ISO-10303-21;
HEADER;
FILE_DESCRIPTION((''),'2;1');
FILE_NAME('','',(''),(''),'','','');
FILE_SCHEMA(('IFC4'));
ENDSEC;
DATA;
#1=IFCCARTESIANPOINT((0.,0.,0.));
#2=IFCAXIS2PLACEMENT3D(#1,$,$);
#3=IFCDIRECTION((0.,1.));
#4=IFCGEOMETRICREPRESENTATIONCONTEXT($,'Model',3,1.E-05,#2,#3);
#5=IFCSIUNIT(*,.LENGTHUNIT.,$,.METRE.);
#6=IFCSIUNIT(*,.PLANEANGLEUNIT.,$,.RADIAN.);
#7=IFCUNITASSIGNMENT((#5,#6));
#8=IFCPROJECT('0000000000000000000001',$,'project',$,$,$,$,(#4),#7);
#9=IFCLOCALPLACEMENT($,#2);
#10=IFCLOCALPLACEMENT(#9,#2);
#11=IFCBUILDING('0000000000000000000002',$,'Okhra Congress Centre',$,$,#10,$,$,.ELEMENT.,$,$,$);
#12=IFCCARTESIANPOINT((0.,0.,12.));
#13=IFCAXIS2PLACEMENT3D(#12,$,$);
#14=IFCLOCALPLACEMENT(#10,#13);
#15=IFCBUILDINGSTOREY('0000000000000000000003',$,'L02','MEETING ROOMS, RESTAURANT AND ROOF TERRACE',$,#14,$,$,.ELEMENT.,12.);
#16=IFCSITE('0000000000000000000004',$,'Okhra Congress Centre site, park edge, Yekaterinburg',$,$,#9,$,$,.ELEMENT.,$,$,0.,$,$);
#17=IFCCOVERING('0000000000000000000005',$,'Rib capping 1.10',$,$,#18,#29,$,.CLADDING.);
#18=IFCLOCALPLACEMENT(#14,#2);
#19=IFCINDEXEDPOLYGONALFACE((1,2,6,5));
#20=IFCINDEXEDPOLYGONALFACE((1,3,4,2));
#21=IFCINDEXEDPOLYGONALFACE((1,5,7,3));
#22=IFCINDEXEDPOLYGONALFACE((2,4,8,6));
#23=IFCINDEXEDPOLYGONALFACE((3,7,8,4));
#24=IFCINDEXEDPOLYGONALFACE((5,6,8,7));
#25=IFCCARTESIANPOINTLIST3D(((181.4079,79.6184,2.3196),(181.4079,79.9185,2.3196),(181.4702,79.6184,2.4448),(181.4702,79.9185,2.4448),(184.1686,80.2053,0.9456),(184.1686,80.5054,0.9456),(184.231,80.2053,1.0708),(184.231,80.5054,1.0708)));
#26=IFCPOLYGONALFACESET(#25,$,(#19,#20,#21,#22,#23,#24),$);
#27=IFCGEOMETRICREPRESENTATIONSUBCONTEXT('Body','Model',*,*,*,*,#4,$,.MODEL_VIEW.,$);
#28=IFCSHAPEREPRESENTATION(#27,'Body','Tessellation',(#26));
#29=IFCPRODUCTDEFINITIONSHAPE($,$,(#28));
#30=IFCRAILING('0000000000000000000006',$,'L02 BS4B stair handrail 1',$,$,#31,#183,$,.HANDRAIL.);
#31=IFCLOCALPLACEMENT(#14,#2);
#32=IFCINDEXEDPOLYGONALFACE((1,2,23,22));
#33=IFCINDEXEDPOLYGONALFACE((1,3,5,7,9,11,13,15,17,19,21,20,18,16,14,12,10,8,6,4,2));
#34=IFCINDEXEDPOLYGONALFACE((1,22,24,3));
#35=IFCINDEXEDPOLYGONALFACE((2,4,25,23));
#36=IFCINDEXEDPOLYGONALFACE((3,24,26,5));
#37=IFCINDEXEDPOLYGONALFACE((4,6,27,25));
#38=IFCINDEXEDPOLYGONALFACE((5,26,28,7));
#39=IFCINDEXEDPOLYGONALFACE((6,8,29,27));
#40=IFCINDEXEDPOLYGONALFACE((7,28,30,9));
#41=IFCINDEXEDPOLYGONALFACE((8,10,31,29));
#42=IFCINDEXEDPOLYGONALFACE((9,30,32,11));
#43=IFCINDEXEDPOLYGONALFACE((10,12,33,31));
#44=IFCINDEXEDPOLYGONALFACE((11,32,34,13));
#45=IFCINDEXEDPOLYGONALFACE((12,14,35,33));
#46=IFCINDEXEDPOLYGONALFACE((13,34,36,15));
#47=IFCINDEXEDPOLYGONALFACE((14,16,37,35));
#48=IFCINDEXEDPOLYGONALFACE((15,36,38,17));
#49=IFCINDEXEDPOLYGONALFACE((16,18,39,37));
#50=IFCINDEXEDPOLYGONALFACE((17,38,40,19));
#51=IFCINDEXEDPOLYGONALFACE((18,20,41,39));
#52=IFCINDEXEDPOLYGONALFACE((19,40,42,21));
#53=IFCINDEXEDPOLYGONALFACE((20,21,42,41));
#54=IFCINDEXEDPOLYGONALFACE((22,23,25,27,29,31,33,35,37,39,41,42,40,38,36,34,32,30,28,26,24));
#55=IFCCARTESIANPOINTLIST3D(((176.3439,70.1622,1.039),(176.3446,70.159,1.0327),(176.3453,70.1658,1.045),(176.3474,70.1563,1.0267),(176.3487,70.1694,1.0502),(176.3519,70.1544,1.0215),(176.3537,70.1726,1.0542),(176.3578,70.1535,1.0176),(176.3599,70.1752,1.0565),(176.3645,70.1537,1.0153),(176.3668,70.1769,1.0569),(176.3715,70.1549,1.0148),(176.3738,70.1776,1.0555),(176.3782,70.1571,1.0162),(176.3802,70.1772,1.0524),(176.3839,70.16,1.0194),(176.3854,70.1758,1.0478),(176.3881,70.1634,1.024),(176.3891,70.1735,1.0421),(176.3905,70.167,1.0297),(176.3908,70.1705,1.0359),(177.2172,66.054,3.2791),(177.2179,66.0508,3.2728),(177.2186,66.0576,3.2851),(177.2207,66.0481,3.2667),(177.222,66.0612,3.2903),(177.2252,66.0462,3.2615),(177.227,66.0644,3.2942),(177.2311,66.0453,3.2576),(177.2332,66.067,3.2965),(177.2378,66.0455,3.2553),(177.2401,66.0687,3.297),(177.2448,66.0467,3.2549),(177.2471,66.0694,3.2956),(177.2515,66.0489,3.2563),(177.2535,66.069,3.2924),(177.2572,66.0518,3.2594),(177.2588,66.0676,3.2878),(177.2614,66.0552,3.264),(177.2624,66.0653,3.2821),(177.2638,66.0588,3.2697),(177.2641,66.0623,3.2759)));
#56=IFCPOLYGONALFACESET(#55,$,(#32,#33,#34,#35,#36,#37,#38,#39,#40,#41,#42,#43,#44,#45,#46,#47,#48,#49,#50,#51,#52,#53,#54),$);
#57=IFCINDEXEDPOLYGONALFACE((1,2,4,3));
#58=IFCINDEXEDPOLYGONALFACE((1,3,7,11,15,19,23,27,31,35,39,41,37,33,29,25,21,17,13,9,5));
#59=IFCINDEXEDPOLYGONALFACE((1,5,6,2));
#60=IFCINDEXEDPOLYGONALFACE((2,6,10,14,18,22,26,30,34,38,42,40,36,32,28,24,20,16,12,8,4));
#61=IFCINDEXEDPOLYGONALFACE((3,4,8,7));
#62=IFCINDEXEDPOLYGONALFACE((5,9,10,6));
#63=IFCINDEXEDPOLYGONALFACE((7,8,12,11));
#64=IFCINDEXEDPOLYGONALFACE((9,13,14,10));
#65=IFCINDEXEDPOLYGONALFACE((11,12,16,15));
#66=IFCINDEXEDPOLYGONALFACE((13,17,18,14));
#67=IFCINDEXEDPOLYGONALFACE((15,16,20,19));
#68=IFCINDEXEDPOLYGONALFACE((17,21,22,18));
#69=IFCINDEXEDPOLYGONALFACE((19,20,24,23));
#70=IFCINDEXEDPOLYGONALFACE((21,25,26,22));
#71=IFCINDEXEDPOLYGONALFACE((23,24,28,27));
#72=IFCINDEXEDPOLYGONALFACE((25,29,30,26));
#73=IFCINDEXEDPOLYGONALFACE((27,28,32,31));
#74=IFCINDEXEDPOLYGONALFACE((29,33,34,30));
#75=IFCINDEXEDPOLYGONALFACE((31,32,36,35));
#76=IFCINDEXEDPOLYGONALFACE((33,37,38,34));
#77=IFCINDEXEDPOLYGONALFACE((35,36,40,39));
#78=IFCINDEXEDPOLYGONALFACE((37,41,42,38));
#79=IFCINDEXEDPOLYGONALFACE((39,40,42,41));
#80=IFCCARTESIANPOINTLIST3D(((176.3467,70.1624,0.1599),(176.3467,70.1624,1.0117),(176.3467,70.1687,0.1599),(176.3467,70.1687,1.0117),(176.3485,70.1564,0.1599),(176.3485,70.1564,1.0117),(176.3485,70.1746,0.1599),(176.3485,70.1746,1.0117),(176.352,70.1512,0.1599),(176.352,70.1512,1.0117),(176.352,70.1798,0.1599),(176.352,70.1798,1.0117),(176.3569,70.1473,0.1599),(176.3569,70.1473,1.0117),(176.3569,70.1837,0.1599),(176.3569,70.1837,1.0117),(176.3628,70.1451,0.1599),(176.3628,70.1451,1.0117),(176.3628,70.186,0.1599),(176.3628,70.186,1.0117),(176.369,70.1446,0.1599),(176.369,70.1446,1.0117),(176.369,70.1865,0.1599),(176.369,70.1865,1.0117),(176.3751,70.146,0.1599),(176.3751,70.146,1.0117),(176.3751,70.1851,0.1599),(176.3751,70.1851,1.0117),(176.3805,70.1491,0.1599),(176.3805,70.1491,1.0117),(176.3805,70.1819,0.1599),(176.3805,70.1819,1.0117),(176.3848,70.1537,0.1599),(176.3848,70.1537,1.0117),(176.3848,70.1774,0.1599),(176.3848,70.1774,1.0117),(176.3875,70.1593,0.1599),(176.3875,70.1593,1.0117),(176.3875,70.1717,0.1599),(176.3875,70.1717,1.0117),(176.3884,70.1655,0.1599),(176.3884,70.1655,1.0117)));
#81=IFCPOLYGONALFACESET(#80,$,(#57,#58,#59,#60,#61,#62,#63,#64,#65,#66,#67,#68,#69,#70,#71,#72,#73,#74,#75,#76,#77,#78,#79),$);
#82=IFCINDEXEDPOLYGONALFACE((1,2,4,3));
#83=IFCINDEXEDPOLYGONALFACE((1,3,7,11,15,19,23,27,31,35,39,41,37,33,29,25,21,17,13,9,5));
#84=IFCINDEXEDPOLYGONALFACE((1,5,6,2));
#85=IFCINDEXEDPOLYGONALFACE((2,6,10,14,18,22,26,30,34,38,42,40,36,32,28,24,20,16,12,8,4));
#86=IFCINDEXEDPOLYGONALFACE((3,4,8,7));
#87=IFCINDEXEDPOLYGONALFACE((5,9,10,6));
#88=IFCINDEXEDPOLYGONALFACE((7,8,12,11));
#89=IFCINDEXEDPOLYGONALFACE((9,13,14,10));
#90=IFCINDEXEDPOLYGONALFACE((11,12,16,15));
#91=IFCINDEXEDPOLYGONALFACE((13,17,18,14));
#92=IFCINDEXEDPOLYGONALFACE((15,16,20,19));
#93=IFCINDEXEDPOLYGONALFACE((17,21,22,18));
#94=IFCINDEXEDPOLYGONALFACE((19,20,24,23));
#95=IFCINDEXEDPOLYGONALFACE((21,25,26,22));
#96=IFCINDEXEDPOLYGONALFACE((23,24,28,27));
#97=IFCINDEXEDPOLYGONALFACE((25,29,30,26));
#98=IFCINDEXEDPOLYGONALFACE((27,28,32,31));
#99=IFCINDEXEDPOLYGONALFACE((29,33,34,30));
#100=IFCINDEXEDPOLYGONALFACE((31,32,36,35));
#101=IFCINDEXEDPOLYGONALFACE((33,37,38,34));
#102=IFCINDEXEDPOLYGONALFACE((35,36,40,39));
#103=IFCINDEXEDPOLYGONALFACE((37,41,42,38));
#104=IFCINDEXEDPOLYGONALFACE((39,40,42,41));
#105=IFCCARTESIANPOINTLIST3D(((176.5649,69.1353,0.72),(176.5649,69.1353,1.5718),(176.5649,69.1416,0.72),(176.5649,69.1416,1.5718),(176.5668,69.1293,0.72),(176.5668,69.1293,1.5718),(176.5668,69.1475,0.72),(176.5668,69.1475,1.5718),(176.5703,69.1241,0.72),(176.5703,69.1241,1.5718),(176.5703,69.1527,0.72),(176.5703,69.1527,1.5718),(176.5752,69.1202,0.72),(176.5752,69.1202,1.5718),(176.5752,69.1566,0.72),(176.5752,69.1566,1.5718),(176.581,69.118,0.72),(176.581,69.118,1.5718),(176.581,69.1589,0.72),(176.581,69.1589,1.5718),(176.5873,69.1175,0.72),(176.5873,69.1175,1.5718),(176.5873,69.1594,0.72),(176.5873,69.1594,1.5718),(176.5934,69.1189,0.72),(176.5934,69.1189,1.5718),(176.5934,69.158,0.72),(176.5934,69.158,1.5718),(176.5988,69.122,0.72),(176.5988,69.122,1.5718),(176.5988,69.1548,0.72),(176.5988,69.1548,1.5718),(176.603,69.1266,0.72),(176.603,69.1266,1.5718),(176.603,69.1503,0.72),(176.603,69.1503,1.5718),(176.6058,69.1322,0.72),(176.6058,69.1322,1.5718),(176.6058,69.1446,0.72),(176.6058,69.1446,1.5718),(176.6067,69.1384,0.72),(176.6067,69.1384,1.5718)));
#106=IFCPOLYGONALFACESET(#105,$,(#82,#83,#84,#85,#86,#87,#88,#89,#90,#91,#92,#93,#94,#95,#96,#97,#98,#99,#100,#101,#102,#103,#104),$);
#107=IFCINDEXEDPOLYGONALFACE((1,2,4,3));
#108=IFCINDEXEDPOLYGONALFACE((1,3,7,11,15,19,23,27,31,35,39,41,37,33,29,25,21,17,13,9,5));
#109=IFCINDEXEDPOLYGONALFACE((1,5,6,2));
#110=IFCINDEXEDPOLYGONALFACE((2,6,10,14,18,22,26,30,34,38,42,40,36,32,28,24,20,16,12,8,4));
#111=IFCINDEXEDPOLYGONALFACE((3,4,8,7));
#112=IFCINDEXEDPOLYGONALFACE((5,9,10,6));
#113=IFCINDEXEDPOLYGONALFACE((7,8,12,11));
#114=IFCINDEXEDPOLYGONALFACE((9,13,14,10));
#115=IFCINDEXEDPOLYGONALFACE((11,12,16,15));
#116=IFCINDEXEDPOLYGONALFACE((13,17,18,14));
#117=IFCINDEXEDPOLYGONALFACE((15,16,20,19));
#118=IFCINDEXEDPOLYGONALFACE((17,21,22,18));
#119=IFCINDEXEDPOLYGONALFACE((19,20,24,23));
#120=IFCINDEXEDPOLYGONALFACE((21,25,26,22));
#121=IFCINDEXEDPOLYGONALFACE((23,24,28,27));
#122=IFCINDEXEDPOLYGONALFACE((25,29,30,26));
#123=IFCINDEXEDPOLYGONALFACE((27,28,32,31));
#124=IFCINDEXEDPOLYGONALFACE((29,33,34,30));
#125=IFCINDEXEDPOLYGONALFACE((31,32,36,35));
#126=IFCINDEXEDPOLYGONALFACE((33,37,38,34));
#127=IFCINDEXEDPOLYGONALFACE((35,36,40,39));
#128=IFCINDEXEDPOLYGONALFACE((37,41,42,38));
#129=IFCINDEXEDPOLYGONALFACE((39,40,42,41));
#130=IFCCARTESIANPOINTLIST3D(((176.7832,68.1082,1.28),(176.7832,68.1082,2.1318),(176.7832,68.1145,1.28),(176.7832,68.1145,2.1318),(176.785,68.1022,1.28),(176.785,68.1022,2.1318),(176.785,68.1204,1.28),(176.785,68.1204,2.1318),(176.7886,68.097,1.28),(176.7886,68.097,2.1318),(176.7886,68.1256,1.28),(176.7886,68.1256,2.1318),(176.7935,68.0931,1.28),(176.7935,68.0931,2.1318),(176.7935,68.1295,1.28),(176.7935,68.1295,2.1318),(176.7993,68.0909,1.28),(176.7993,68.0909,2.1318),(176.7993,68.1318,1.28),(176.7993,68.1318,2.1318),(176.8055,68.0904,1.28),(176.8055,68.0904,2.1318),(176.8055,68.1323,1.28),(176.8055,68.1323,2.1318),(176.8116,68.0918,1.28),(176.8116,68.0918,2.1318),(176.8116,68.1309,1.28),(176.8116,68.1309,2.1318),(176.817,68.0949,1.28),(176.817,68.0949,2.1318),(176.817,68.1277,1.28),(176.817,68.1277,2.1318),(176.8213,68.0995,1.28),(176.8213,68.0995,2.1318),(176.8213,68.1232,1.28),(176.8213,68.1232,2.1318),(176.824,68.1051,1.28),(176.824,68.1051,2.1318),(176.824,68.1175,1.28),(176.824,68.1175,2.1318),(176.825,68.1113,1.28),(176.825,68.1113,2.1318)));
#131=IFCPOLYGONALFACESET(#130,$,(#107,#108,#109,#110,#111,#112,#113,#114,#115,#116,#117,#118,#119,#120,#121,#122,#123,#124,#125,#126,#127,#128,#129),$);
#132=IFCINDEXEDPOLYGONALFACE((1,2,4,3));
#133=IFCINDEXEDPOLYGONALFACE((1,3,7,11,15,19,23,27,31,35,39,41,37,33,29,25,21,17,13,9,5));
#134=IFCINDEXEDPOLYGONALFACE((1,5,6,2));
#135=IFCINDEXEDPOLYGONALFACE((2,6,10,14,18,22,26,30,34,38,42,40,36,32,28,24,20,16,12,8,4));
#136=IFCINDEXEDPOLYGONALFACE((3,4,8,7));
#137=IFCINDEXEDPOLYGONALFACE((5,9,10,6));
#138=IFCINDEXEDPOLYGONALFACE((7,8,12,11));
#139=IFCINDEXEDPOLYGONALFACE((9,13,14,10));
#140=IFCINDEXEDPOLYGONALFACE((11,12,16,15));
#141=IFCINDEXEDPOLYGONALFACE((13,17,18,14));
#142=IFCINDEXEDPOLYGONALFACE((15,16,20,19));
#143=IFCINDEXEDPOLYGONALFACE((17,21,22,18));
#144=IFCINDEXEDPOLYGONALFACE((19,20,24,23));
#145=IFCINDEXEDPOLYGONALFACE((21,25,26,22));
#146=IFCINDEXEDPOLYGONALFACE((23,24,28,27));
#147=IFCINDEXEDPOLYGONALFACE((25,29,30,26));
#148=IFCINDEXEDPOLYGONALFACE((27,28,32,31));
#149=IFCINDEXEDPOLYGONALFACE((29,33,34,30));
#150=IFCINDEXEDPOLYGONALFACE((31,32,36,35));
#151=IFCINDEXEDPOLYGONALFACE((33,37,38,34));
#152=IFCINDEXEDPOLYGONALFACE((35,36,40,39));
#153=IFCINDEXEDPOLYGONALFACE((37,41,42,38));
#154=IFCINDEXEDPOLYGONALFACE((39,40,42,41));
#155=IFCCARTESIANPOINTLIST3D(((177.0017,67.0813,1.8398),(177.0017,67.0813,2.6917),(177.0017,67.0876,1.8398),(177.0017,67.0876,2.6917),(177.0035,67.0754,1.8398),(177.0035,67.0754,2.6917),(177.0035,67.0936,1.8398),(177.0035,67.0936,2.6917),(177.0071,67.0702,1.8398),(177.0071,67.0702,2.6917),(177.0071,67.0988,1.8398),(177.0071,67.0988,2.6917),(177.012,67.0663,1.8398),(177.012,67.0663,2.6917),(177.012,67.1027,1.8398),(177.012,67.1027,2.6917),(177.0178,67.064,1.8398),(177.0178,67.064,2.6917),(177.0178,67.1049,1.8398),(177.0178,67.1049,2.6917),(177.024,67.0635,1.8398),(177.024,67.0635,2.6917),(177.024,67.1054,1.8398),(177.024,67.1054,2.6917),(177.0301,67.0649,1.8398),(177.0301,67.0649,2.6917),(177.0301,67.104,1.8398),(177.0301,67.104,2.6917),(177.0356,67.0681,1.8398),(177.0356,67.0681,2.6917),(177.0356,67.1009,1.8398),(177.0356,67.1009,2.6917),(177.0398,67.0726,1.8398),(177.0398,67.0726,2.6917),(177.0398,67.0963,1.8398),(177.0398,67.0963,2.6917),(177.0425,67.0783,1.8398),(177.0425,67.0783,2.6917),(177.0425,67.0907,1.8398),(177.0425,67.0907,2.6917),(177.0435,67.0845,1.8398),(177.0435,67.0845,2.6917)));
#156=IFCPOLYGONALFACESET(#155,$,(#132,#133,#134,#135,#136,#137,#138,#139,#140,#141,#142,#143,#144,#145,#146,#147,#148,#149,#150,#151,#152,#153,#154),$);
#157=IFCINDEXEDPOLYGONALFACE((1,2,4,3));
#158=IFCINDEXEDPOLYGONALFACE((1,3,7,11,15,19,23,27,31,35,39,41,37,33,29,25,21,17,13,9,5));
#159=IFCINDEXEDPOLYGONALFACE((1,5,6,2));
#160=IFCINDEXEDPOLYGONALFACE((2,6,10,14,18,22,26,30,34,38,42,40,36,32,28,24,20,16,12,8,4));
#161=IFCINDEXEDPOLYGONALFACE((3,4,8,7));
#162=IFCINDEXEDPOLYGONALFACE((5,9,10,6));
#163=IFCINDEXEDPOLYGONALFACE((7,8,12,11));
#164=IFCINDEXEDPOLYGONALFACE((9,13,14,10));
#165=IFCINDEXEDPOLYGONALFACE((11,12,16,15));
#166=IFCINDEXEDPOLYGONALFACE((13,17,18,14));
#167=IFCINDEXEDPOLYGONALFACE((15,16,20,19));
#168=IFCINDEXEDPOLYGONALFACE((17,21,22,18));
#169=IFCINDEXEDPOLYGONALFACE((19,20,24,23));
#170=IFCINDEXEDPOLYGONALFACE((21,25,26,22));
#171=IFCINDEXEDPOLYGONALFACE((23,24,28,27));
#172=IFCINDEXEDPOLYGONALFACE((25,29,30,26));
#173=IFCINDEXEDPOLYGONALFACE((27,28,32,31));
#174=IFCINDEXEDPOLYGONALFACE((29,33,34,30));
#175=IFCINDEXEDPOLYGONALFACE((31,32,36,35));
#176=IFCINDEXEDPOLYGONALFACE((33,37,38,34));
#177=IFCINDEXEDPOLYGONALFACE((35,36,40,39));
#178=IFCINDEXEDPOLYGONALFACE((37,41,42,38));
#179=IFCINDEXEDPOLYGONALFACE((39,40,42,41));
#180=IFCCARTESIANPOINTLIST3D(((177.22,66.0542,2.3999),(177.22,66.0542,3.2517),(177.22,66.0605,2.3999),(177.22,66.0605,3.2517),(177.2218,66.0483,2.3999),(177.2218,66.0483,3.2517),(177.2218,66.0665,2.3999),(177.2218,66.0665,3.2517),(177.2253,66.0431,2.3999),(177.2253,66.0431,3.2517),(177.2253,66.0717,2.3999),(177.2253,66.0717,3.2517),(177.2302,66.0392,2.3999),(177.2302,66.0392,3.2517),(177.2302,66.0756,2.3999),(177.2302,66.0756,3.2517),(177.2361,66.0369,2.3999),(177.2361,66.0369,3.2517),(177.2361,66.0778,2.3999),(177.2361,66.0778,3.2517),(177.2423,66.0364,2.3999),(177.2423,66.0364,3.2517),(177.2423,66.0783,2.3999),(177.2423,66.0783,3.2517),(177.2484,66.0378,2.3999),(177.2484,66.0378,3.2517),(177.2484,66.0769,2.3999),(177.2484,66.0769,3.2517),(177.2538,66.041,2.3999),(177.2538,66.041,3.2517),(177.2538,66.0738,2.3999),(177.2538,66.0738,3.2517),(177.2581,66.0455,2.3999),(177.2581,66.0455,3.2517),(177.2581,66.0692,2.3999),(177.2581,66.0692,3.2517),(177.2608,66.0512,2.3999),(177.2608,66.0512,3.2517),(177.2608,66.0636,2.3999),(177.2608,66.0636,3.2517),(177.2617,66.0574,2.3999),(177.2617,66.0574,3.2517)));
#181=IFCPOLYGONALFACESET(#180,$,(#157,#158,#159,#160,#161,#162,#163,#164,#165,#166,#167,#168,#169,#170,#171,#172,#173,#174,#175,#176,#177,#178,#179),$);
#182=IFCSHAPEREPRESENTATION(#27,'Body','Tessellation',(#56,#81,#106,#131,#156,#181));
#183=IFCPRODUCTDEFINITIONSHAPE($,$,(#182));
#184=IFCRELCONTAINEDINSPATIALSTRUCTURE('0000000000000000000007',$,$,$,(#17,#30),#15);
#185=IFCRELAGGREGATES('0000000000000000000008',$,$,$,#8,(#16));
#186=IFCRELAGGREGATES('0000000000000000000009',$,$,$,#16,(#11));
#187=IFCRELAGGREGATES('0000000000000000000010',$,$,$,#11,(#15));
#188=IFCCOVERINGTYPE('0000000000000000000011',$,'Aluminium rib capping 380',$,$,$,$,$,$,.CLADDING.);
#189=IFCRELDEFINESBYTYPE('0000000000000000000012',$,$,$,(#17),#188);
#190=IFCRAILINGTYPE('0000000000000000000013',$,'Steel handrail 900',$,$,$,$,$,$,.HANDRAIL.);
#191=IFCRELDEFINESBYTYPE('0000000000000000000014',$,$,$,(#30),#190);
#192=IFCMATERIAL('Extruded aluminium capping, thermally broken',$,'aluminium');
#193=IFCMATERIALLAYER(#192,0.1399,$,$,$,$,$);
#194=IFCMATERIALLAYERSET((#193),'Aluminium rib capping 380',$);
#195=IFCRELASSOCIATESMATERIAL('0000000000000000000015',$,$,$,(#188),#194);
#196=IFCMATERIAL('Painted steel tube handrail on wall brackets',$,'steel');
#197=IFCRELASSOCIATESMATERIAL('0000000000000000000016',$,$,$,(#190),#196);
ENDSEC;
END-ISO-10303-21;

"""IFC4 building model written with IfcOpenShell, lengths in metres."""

from ifc_helpers import new_model, si_unit, direction, frame, origin, origin_2d, place, context, subcontext, project, spatial, polyline, circle, outline, extrude, material, layer, layer_set, type_object, element, save


model = new_model("IFC4")

# Units and contexts
model_context = context("Model", 3, precision=1e-05, world=origin(), true_north=direction((0.0, 1.0)))
body_context = subcontext(model_context, "Body", "Model", "MODEL_VIEW")
ifc_project = project(units=[si_unit("LENGTHUNIT", "METRE"), si_unit("PLANEANGLEUNIT", "RADIAN")], contexts=[model_context])

# Site, building, storey
site_placement = place(None, origin())
site = spatial("IfcSite", under=ifc_project, at=site_placement, Name="Okhra Congress Centre site, park edge, Yekaterinburg", CompositionType="ELEMENT", RefElevation=0.0)
building_placement = place(site_placement, origin())
building = spatial("IfcBuilding", under=site, at=building_placement, Name="Okhra Congress Centre", CompositionType="ELEMENT")
storey_placement = place(building_placement, frame((0.0, 0.0, 12.0)))
storey = spatial("IfcBuildingStorey", under=building, at=storey_placement, Name="L02", Description="MEETING ROOMS, RESTAURANT AND ROOF TERRACE", CompositionType="ELEMENT", Elevation=12.0)

# Covering
ifc_material_1 = material(Name="Extruded aluminium capping, thermally broken", Category="aluminium")
ifc_layer_1 = layer(ifc_material_1, 0.1399)
ifc_layer_set_1 = layer_set([ifc_layer_1], Name="Aluminium rib capping 380")
covering_type = type_object("IfcCoveringType", Name="Aluminium rib capping 380", PredefinedType="CLADDING", material=ifc_layer_set_1)
covering_1_placement = place(storey_placement, frame((181.4702, 79.6184, 2.4448), z_axis=(0.445566, 0.0, 0.895249), x_axis=(0.879462, 0.186967, -0.437709)))
element("IfcCovering", 1, at=covering_1_placement, inside=storey, type_object=covering_type, Name="Rib capping 1.10", PredefinedType="CLADDING", context=body_context, shape_type="SweptSolid", body=[
    extrude(outline(polyline([(0.0, 0.0), (3.1391, 0.0), (3.1952, 0.2948), (0.0561, 0.2948), (0.0, 0.0)])), origin(), (0.0, 0.0, -1.0), 0.1399),
])

# Railing
ifc_material_2 = material(Name="Painted steel tube handrail on wall brackets", Category="steel")
railing_type_1 = type_object("IfcRailingType", Name="Steel handrail 900", PredefinedType="HANDRAIL", material=ifc_material_2)
railing_1_placement = place(storey_placement, frame((176.3674, 70.1655, 0.1599)))
element("IfcRailing", 2, at=railing_1_placement, inside=storey, type_object=railing_type_1, Name="L02 BS4B stair handrail 1", PredefinedType="HANDRAIL", context=body_context, shape_type="SweptSolid", body=[
    extrude(circle(Radius=0.0239, at=origin_2d()), frame((0.0, 0.0, 0.876), z_axis=(0.183466, -0.863067, 0.470591), x_axis=(0.978144, 0.207929, 0.0)), (0.0, 0.0, 1.0), 4.76),
    extrude(circle(Radius=0.021, at=origin_2d()), origin(), (0.0, 0.0, 1.0), 0.8518),
    extrude(circle(Radius=0.021, at=origin_2d()), frame((0.2183, -1.0271, 0.5601)), (0.0, 0.0, 1.0), 0.8518),
    extrude(circle(Radius=0.021, at=origin_2d()), frame((0.4365, -2.0542, 1.1201)), (0.0, 0.0, 1.0), 0.8518),
    extrude(circle(Radius=0.021, at=origin_2d()), frame((0.655, -3.0811, 1.6799)), (0.0, 0.0, 1.0), 0.8518),
    extrude(circle(Radius=0.021, at=origin_2d()), frame((0.8733, -4.1082, 2.24)), (0.0, 0.0, 1.0), 0.8518),
])

save(model, "model.ifc")
